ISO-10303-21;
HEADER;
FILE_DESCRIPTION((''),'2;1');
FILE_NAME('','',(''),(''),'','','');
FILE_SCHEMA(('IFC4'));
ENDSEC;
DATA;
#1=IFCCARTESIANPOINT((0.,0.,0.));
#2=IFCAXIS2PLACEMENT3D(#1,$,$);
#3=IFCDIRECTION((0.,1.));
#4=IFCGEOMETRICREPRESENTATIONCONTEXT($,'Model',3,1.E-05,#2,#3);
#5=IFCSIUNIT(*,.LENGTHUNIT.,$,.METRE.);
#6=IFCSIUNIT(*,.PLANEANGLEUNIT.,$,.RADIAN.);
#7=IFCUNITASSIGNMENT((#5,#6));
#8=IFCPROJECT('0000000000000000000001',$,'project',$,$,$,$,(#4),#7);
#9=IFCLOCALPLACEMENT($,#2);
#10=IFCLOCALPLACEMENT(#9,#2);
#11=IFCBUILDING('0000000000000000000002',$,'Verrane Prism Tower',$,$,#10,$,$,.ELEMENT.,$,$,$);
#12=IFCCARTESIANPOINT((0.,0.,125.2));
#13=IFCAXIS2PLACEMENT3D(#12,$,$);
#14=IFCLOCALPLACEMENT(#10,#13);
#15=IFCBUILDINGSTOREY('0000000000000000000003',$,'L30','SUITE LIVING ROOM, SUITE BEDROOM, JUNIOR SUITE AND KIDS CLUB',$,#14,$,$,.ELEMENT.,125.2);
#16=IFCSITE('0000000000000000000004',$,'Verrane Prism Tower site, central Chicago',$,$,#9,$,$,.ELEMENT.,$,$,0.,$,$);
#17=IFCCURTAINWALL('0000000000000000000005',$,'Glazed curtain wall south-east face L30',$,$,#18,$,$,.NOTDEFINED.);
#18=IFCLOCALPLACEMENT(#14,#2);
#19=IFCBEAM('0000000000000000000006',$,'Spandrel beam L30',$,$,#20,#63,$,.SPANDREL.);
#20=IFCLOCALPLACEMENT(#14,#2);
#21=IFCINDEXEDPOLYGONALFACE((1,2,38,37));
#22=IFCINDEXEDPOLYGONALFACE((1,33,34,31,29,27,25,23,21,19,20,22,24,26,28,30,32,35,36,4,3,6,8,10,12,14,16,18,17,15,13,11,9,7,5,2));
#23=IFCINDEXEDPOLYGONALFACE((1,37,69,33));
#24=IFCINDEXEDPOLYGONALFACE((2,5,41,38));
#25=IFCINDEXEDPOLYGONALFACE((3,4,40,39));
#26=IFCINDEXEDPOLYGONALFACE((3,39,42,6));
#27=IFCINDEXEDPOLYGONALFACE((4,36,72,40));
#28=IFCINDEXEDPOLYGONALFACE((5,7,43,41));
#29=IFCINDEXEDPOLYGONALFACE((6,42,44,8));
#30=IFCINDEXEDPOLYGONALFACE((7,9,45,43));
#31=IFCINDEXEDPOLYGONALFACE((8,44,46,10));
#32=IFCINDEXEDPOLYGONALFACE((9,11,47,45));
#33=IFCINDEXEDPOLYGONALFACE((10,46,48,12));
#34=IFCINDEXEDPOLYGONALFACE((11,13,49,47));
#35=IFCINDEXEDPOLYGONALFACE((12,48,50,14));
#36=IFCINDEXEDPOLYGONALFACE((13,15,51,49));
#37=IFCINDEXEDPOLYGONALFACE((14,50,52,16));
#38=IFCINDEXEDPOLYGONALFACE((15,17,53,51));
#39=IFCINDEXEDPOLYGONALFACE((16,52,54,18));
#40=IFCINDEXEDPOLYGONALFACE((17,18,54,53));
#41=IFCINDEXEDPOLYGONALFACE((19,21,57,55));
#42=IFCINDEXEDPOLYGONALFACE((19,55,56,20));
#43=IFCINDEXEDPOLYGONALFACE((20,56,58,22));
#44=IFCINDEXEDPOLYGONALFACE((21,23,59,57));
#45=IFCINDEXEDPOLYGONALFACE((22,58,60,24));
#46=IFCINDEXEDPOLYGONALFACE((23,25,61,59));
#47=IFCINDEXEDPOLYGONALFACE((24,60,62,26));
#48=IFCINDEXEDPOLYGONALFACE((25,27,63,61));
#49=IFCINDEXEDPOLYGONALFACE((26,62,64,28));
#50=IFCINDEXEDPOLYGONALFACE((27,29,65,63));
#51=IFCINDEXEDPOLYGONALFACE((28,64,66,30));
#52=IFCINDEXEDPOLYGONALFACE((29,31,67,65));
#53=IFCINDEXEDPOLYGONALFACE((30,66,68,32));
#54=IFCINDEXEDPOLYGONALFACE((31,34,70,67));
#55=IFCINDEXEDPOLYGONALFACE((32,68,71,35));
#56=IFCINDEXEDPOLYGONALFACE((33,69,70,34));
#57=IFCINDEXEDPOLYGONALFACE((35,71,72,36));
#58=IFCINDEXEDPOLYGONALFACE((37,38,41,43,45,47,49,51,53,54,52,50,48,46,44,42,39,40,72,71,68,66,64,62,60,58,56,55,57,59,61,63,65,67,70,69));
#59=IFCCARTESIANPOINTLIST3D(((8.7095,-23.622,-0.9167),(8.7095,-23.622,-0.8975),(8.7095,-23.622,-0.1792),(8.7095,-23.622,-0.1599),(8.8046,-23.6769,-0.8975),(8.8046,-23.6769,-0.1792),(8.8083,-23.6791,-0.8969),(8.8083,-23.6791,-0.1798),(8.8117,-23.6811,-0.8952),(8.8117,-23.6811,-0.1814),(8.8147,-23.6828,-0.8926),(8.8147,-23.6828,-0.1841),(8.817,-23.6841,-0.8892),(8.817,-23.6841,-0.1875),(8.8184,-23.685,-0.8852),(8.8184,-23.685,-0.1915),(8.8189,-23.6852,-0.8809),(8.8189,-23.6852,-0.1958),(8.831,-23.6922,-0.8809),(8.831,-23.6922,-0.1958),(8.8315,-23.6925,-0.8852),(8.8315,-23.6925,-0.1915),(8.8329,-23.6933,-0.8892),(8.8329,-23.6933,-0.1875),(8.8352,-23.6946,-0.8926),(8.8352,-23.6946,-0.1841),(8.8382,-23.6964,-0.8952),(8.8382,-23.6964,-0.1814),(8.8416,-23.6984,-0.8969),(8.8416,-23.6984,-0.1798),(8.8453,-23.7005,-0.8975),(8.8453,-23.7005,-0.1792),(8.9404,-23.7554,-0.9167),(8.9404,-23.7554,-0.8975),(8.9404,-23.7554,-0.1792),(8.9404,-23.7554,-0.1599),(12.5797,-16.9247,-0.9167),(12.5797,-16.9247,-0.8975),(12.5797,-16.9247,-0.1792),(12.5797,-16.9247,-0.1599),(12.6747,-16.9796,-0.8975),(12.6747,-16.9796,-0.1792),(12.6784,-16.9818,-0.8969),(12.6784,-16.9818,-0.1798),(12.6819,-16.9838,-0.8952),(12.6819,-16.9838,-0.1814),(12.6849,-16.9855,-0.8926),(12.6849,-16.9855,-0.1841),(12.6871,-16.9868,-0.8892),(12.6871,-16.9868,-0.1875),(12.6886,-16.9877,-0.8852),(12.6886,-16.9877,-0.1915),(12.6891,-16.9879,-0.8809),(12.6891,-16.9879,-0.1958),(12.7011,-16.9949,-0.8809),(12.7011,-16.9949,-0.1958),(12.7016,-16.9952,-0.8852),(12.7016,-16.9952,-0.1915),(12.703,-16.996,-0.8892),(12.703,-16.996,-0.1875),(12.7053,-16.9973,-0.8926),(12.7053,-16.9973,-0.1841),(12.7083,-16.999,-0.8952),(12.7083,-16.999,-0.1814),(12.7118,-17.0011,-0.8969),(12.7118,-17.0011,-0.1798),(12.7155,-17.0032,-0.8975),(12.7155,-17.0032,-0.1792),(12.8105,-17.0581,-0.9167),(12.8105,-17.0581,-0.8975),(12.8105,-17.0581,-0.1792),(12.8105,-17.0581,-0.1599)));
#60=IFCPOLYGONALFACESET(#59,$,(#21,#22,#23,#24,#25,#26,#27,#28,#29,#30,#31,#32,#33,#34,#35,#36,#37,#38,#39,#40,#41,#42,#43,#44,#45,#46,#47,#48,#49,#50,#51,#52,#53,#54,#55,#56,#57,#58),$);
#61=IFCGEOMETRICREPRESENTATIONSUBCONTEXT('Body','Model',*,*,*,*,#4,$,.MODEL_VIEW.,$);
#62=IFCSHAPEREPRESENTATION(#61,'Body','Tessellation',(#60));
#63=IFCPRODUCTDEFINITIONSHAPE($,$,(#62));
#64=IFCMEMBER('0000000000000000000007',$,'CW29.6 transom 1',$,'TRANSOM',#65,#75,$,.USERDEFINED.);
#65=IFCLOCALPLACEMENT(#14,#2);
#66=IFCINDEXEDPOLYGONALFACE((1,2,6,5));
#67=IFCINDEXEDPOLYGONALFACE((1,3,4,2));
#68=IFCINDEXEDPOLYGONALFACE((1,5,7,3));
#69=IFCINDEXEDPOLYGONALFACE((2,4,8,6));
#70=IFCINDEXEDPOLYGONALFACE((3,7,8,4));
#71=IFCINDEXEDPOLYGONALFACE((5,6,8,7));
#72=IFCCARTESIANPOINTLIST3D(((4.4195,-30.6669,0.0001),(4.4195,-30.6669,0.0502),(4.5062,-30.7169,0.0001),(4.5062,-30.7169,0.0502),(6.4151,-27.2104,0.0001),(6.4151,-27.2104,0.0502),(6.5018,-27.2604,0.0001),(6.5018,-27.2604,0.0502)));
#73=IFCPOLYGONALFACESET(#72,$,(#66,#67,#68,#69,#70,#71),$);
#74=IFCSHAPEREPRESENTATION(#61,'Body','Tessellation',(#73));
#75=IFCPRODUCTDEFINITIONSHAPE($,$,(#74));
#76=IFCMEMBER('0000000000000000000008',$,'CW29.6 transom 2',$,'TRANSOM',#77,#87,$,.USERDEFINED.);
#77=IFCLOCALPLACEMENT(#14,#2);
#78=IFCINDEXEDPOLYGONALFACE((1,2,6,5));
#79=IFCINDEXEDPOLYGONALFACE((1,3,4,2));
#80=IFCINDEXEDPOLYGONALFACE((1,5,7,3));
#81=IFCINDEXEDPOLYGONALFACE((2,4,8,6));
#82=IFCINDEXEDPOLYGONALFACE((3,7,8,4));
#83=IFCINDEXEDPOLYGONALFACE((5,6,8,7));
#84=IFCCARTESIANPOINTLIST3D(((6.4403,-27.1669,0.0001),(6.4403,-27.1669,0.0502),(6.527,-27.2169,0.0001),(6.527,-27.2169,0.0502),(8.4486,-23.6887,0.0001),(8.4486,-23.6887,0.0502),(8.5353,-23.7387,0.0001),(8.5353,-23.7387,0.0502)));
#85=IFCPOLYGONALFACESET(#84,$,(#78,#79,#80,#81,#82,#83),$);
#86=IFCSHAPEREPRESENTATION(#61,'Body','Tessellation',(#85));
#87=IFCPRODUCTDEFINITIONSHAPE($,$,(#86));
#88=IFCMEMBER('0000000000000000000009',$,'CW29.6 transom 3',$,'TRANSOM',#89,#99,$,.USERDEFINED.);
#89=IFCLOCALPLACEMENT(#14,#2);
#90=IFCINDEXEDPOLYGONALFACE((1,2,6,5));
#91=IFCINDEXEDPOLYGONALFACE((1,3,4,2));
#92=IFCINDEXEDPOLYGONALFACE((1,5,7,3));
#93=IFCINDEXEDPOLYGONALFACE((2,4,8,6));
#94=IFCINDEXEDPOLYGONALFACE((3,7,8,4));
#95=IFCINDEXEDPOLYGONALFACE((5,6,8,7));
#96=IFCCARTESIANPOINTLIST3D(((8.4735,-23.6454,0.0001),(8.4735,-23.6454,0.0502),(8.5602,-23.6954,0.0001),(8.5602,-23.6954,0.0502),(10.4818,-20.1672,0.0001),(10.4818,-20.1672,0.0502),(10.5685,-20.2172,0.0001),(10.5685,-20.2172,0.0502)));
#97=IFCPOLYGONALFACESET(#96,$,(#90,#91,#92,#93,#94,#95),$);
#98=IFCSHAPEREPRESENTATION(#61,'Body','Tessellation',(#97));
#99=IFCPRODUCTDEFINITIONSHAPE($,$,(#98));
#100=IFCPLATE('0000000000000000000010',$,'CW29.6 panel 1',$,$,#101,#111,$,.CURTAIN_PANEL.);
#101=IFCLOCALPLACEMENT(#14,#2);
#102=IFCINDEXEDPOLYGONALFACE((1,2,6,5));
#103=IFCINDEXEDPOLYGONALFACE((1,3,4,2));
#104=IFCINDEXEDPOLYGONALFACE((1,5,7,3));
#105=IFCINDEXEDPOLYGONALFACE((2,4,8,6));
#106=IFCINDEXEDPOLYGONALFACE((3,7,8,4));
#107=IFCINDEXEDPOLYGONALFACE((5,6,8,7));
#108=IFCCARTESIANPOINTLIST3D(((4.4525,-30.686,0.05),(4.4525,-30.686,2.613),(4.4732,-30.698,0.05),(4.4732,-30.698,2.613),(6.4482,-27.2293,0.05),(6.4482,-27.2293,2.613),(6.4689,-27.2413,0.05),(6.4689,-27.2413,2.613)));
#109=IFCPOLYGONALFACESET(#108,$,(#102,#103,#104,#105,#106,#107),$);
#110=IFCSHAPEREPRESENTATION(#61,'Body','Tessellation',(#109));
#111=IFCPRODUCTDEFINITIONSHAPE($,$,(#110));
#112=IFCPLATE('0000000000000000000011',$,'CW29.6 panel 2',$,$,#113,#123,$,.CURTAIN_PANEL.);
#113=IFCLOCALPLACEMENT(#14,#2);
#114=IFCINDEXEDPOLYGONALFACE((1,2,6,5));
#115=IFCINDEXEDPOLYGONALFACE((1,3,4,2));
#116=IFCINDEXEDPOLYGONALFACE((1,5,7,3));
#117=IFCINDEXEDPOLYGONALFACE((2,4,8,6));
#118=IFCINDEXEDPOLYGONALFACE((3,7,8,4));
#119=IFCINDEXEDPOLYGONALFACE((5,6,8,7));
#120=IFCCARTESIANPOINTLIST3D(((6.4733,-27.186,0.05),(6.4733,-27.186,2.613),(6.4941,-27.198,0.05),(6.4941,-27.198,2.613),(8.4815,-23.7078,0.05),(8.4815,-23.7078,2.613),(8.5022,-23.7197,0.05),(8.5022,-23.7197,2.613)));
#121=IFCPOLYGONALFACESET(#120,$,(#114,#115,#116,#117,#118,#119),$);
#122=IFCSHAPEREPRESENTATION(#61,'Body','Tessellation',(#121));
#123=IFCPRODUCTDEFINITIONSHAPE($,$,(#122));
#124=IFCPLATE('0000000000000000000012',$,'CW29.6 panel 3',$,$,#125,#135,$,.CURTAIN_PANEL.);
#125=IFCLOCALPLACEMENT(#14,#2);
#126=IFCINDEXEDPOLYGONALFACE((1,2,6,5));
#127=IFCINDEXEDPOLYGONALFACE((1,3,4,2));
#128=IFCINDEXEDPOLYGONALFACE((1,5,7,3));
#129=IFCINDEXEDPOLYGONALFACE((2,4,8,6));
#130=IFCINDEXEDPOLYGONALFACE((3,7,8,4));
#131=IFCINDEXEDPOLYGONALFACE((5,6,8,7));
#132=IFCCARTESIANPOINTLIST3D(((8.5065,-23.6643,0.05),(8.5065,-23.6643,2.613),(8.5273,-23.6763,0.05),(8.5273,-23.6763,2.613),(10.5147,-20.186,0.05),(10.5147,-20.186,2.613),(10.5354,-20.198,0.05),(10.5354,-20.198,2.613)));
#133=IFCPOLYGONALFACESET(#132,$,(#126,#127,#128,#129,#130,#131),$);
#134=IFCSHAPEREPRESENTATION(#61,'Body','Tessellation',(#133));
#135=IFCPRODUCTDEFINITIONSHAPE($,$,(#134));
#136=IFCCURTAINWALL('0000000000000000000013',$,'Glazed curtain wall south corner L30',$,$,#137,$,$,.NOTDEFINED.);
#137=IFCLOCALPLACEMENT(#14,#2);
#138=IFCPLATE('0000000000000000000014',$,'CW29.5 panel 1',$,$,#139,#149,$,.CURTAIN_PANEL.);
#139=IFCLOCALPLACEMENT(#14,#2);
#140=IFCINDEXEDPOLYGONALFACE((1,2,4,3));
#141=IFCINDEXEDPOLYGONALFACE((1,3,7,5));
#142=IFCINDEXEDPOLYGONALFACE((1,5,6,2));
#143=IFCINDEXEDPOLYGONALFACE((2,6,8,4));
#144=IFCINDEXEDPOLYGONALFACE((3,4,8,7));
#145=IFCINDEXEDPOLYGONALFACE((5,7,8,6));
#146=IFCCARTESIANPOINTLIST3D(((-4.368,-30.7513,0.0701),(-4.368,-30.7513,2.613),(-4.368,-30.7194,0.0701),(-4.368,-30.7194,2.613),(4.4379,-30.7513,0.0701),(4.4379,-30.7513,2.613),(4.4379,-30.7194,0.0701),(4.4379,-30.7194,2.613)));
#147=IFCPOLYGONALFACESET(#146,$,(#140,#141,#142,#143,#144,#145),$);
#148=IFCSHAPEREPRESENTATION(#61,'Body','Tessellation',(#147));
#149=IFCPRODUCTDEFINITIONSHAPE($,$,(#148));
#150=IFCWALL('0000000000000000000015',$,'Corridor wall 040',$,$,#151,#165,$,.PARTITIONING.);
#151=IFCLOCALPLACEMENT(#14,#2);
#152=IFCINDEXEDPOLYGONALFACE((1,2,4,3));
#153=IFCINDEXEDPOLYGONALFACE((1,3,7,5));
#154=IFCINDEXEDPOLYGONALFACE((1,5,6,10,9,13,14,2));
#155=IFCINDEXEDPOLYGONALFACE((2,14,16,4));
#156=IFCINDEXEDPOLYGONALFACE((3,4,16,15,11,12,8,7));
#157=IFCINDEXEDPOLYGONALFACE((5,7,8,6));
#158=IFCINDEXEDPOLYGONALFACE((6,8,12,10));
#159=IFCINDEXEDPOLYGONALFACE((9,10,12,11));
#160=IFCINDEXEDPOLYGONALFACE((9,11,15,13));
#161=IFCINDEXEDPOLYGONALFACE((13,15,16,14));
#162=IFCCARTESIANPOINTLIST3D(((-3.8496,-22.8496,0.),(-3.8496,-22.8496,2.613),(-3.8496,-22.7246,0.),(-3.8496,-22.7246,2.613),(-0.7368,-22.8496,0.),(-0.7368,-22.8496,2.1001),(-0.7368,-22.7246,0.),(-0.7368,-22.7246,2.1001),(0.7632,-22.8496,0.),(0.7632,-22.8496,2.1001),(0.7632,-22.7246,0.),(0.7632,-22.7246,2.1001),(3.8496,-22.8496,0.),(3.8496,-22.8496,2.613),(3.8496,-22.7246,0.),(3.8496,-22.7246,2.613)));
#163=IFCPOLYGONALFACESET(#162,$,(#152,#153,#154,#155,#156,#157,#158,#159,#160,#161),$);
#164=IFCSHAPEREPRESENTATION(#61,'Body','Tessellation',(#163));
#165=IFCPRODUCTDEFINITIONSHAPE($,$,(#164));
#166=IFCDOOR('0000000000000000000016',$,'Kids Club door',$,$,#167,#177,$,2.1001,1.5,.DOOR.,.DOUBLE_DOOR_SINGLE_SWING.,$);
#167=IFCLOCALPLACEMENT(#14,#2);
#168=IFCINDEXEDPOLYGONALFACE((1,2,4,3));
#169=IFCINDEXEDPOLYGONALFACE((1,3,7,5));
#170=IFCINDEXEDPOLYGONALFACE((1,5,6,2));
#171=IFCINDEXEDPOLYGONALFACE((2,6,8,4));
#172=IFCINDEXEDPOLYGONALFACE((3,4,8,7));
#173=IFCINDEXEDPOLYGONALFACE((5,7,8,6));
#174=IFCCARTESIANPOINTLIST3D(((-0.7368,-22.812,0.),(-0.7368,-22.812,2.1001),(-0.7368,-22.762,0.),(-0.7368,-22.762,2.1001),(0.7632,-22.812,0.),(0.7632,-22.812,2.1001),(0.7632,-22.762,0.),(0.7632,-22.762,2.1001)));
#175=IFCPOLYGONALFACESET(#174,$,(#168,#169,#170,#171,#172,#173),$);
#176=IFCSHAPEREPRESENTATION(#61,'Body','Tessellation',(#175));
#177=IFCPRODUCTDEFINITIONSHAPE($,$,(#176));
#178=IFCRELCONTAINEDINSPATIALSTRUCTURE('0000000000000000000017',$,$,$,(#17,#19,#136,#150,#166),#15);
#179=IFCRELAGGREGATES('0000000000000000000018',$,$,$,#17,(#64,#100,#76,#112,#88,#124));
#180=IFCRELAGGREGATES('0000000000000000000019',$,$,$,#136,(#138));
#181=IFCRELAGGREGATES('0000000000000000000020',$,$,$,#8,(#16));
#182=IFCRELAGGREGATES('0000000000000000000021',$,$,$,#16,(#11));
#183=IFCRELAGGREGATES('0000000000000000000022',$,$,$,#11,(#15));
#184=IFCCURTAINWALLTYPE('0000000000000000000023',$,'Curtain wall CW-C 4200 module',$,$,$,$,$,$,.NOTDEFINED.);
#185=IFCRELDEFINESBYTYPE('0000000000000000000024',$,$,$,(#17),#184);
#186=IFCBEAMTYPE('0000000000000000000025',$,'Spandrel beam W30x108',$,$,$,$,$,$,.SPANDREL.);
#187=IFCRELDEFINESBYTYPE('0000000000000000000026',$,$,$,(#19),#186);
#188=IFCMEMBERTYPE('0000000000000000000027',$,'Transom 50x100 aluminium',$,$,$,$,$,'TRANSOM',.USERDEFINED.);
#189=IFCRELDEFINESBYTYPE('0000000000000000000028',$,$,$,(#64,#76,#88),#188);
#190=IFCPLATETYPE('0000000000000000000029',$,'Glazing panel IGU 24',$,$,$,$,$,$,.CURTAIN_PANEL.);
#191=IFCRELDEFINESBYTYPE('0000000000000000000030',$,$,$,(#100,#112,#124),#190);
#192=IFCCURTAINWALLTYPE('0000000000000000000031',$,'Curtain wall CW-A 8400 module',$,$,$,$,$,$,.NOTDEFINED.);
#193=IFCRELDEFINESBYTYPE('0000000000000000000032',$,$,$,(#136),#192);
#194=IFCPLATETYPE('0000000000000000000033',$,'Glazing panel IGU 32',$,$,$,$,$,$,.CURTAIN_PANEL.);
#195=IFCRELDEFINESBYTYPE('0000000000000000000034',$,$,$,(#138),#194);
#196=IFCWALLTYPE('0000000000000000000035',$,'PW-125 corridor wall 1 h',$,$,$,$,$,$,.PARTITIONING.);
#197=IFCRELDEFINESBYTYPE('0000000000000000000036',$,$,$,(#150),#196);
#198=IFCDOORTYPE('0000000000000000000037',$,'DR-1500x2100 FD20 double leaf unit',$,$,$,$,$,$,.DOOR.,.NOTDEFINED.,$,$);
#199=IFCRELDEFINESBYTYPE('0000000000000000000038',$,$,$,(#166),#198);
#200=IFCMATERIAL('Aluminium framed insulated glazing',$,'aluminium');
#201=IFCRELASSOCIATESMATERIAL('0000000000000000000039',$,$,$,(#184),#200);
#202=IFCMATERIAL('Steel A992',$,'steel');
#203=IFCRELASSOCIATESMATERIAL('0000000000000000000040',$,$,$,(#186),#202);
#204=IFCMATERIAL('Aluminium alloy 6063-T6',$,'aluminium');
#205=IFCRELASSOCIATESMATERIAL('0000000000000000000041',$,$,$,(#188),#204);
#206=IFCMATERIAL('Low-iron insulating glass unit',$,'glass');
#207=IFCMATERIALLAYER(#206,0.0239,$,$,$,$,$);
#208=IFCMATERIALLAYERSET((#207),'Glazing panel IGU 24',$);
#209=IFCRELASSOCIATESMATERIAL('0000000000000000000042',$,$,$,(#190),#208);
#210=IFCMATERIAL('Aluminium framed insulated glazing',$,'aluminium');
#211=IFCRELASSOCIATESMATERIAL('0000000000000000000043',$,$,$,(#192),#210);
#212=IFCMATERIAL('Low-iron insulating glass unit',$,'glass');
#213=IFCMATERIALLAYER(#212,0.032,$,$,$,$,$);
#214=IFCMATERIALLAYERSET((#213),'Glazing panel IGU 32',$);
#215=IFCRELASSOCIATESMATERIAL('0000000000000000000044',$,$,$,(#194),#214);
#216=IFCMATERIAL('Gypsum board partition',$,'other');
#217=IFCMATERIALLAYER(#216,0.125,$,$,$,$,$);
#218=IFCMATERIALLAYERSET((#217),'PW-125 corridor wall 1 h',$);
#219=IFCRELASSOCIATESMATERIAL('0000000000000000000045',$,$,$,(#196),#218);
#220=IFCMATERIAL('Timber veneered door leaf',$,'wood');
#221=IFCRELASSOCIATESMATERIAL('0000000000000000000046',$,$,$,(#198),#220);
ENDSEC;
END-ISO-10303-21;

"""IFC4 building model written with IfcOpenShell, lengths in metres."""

from ifc_helpers import new_model, si_unit, direction, frame, frame_2d, origin, origin_2d, place, context, subcontext, project, spatial, rectangle, i_section, extrude, material, layer, layer_set, material_profile, profile_set, type_object, element, fill, aggregate, save


model = new_model("IFC4")

# Units and contexts
model_context = context("Model", 3, precision=1e-05, world=origin(), true_north=direction((0.0, 1.0)))
body_context = subcontext(model_context, "Body", "Model", "MODEL_VIEW")
ifc_project = project(units=[si_unit("LENGTHUNIT", "METRE"), si_unit("PLANEANGLEUNIT", "RADIAN")], contexts=[model_context])

# Site, building, storey
site_placement = place(None, origin())
site = spatial("IfcSite", under=ifc_project, at=site_placement, Name="Verrane Prism Tower site, central Chicago", CompositionType="ELEMENT", RefElevation=0.0)
building_placement = place(site_placement, origin())
building = spatial("IfcBuilding", under=site, at=building_placement, Name="Verrane Prism Tower", CompositionType="ELEMENT")
storey_placement = place(building_placement, frame((0.0, 0.0, 125.2)))
storey = spatial("IfcBuildingStorey", under=building, at=storey_placement, Name="L30", Description="SUITE LIVING ROOM, SUITE BEDROOM, JUNIOR SUITE AND KIDS CLUB", CompositionType="ELEMENT", Elevation=125.2)

# Curtain wall
ifc_material_1 = material(Name="Aluminium framed insulated glazing", Category="aluminium")
curtain_wall_type_1 = type_object("IfcCurtainWallType", Name="Curtain wall CW-C 4200 module", PredefinedType="NOTDEFINED", material=ifc_material_1)
curtain_wall_1_placement = place(storey_placement, origin())
curtain_wall_1 = element("IfcCurtainWall", 1, at=curtain_wall_1_placement, inside=storey, type_object=curtain_wall_type_1, Name="Glazed curtain wall south-east face L30", PredefinedType="NOTDEFINED")

# Beam
ifc_material_2 = material(Name="Steel A992", Category="steel")
ifc_material_profile_1 = material_profile(ifc_material_2, i_section(OverallWidth=0.2666, OverallDepth=0.7568, WebThickness=0.0139, FlangeThickness=0.0193, FilletRadius=0.0166, at=origin_2d()), Name="W30x108")
ifc_profile_set_1 = profile_set([ifc_material_profile_1], Name="Steel A992")
beam_type_1 = type_object("IfcBeamType", Name="Spandrel beam W30x108", PredefinedType="SPANDREL", material=ifc_profile_set_1)
beam_1_placement = place(storey_placement, frame((8.825, -23.6887, -0.5383), z_axis=(0.500334, 0.865832, 0.0), x_axis=(-0.865832, 0.500334, 0.0)))
element("IfcBeam", 2, at=beam_1_placement, inside=storey, type_object=beam_type_1, Name="Spandrel beam L30", PredefinedType="SPANDREL", context=body_context, shape_type="SweptSolid", body=[
    extrude(i_section(OverallWidth=0.2666, OverallDepth=0.7568, WebThickness=0.0139, FlangeThickness=0.0193, FilletRadius=0.0166, at=origin_2d()), origin(), (0.0, 0.0, 1.0), 7.7351),
])

# Members
ifc_material_3 = material(Name="Aluminium alloy 6063-T6", Category="aluminium")
ifc_material_profile_2 = material_profile(ifc_material_3, rectangle(XDim=0.1001, YDim=0.05, at=origin_2d()), Name="Transom 50x100 aluminium")
ifc_profile_set_2 = profile_set([ifc_material_profile_2], Name="Aluminium alloy 6063-T6")
member_type_1 = type_object("IfcMemberType", Name="Transom 50x100 aluminium", ElementType="TRANSOM", PredefinedType="USERDEFINED", material=ifc_profile_set_2)
member_1_placement = place(storey_placement, frame((4.4629, -30.6919, 0.0251), z_axis=(0.499994, 0.866029, 0.0), x_axis=(-0.866029, 0.499994, 0.0)))
member_1 = element("IfcMember", 3, at=member_1_placement, type_object=member_type_1, Name="CW29.6 transom 1", ObjectType="TRANSOM", PredefinedType="USERDEFINED", context=body_context, shape_type="SweptSolid", body=[
    extrude(rectangle(XDim=0.1001, YDim=0.05, at=origin_2d()), origin(), (0.0, 0.0, 1.0), 3.9912),
])
member_2_placement = place(storey_placement, frame((6.4836, -27.1919, 0.0251), z_axis=(0.500022, 0.866012, 0.0), x_axis=(-0.866012, 0.500022, 0.0)))
member_2 = element("IfcMember", 4, at=member_2_placement, type_object=member_type_1, Name="CW29.6 transom 2", ObjectType="TRANSOM", PredefinedType="USERDEFINED", context=body_context, shape_type="SweptSolid", body=[
    extrude(rectangle(XDim=0.1001, YDim=0.05, at=origin_2d()), origin(), (0.0, 0.0, 1.0), 4.0164),
])
member_3_placement = place(storey_placement, frame((8.5168, -23.6704, 0.0251), z_axis=(0.500022, 0.866012, 0.0), x_axis=(-0.866012, 0.500022, 0.0)))
member_3 = element("IfcMember", 5, at=member_3_placement, type_object=member_type_1, Name="CW29.6 transom 3", ObjectType="TRANSOM", PredefinedType="USERDEFINED", context=body_context, shape_type="SweptSolid", body=[
    extrude(rectangle(XDim=0.1001, YDim=0.05, at=origin_2d()), origin(), (0.0, 0.0, 1.0), 4.0164),
])

# Plates
ifc_material_4 = material(Name="Low-iron insulating glass unit", Category="glass")
ifc_layer_1 = layer(ifc_material_4, 0.0239)
ifc_layer_set_1 = layer_set([ifc_layer_1], Name="Glazing panel IGU 24")
plate_type_1 = type_object("IfcPlateType", Name="Glazing panel IGU 24", PredefinedType="CURTAIN_PANEL", material=ifc_layer_set_1)
plate_1_placement = place(storey_placement, frame((5.4607, -28.9636, 0.05), z_axis=(0.0, 0.0, 1.0), x_axis=(0.5, 0.866025, 0.0)))
plate_1 = element("IfcPlate", 6, at=plate_1_placement, type_object=plate_type_1, Name="CW29.6 panel 1", PredefinedType="CURTAIN_PANEL", context=body_context, shape_type="SweptSolid", body=[
    extrude(rectangle(XDim=3.9915, YDim=0.0239, at=origin_2d()), origin(), (0.0, 0.0, 1.0), 2.563),
])
plate_2_placement = place(storey_placement, frame((7.4878, -25.4529, 0.05), z_axis=(0.0, 0.0, 1.0), x_axis=(0.5, 0.866025, 0.0)))
plate_2 = element("IfcPlate", 7, at=plate_2_placement, type_object=plate_type_1, Name="CW29.6 panel 2", PredefinedType="CURTAIN_PANEL", context=body_context, shape_type="SweptSolid", body=[
    extrude(rectangle(XDim=4.0164, YDim=0.0239, at=origin_2d()), origin(), (0.0, 0.0, 1.0), 2.563),
])
plate_3_placement = place(storey_placement, frame((9.521, -21.9312, 0.05), z_axis=(0.0, 0.0, 1.0), x_axis=(0.5, 0.866025, 0.0)))
plate_3 = element("IfcPlate", 8, at=plate_3_placement, type_object=plate_type_1, Name="CW29.6 panel 3", PredefinedType="CURTAIN_PANEL", context=body_context, shape_type="SweptSolid", body=[
    extrude(rectangle(XDim=4.0164, YDim=0.0239, at=origin_2d()), origin(), (0.0, 0.0, 1.0), 2.563),
])
aggregate(curtain_wall_1, [member_1, plate_1, member_2, plate_2, member_3, plate_3])

# Curtain wall, plate
ifc_material_5 = material(Name="Aluminium framed insulated glazing", Category="aluminium")
curtain_wall_type_2 = type_object("IfcCurtainWallType", Name="Curtain wall CW-A 8400 module", PredefinedType="NOTDEFINED", material=ifc_material_5)
curtain_wall_2_placement = place(storey_placement, origin())
curtain_wall_2 = element("IfcCurtainWall", 9, at=curtain_wall_2_placement, inside=storey, type_object=curtain_wall_type_2, Name="Glazed curtain wall south corner L30", PredefinedType="NOTDEFINED")
ifc_material_6 = material(Name="Low-iron insulating glass unit", Category="glass")
ifc_layer_2 = layer(ifc_material_6, 0.032)
ifc_layer_set_2 = layer_set([ifc_layer_2], Name="Glazing panel IGU 32")
plate_type_2 = type_object("IfcPlateType", Name="Glazing panel IGU 32", PredefinedType="CURTAIN_PANEL", material=ifc_layer_set_2)
plate_4_placement = place(storey_placement, frame((0.0349, -30.7354, 0.0701), z_axis=(0.0, 0.0, 1.0), x_axis=(1.0, 0.0, 0.0)))
plate_4 = element("IfcPlate", 10, at=plate_4_placement, type_object=plate_type_2, Name="CW29.5 panel 1", PredefinedType="CURTAIN_PANEL", context=body_context, shape_type="SweptSolid", body=[
    extrude(rectangle(XDim=8.8059, YDim=0.032, at=origin_2d()), origin(), (0.0, 0.0, 1.0), 2.543),
])
aggregate(curtain_wall_2, [plate_4])

# Wall, opening, door
ifc_material_7 = material(Name="Gypsum board partition", Category="other")
ifc_layer_3 = layer(ifc_material_7, 0.125)
ifc_layer_set_3 = layer_set([ifc_layer_3], Name="PW-125 corridor wall 1 h")
wall_type_1 = type_object("IfcWallType", Name="PW-125 corridor wall 1 h", PredefinedType="PARTITIONING", material=ifc_layer_set_3)
wall_1_placement = place(storey_placement, frame((3.8496, -22.7871, 0.0), z_axis=(0.0, 0.0, 1.0), x_axis=(-1.0, 0.0, 0.0)))
wall_1 = element("IfcWall", 11, at=wall_1_placement, inside=storey, type_object=wall_type_1, Name="Corridor wall 040", PredefinedType="PARTITIONING", context=body_context, shape_type="SweptSolid", body=[
    extrude(rectangle(XDim=7.6992, YDim=0.125, at=frame_2d((3.8496, 0.0))), origin(), (0.0, 0.0, 1.0), 2.613),
])
opening_1_placement = place(wall_1_placement, frame((3.0864, 0.0, 0.0)))
opening_1 = element("IfcOpeningElement", 12, at=opening_1_placement, cuts=wall_1, PredefinedType="OPENING", context=body_context, shape_type="SweptSolid", body=[
    extrude(rectangle(XDim=1.5, YDim=2.1001, at=frame_2d((0.75, 1.05))), frame((0.0, 0.0725, 0.0), z_axis=(0.0, -1.0, 0.0), x_axis=(1.0, 0.0, 0.0)), (0.0, 0.0, 1.0), 0.145),
])
ifc_material_8 = material(Name="Timber veneered door leaf", Category="wood")
door_type_1 = type_object("IfcDoorType", Name="DR-1500x2100 FD20 double leaf unit", OperationType="NOTDEFINED", PredefinedType="DOOR", material=ifc_material_8)
door_1_placement = place(opening_1_placement, origin())
door_1 = element("IfcDoor", 13, at=door_1_placement, inside=storey, type_object=door_type_1, Name="Kids Club door", OperationType="DOUBLE_DOOR_SINGLE_SWING", OverallHeight=2.1001, OverallWidth=1.5, PredefinedType="DOOR", context=body_context, shape_type="SweptSolid", body=[
    extrude(rectangle(XDim=1.5, YDim=2.1001, at=frame_2d((0.75, 1.05))), frame((0.0, 0.0249, 0.0), z_axis=(0.0, -1.0, 0.0), x_axis=(1.0, 0.0, 0.0)), (0.0, 0.0, 1.0), 0.05),
])
fill(opening_1, door_1)

save(model, "model.ifc")
